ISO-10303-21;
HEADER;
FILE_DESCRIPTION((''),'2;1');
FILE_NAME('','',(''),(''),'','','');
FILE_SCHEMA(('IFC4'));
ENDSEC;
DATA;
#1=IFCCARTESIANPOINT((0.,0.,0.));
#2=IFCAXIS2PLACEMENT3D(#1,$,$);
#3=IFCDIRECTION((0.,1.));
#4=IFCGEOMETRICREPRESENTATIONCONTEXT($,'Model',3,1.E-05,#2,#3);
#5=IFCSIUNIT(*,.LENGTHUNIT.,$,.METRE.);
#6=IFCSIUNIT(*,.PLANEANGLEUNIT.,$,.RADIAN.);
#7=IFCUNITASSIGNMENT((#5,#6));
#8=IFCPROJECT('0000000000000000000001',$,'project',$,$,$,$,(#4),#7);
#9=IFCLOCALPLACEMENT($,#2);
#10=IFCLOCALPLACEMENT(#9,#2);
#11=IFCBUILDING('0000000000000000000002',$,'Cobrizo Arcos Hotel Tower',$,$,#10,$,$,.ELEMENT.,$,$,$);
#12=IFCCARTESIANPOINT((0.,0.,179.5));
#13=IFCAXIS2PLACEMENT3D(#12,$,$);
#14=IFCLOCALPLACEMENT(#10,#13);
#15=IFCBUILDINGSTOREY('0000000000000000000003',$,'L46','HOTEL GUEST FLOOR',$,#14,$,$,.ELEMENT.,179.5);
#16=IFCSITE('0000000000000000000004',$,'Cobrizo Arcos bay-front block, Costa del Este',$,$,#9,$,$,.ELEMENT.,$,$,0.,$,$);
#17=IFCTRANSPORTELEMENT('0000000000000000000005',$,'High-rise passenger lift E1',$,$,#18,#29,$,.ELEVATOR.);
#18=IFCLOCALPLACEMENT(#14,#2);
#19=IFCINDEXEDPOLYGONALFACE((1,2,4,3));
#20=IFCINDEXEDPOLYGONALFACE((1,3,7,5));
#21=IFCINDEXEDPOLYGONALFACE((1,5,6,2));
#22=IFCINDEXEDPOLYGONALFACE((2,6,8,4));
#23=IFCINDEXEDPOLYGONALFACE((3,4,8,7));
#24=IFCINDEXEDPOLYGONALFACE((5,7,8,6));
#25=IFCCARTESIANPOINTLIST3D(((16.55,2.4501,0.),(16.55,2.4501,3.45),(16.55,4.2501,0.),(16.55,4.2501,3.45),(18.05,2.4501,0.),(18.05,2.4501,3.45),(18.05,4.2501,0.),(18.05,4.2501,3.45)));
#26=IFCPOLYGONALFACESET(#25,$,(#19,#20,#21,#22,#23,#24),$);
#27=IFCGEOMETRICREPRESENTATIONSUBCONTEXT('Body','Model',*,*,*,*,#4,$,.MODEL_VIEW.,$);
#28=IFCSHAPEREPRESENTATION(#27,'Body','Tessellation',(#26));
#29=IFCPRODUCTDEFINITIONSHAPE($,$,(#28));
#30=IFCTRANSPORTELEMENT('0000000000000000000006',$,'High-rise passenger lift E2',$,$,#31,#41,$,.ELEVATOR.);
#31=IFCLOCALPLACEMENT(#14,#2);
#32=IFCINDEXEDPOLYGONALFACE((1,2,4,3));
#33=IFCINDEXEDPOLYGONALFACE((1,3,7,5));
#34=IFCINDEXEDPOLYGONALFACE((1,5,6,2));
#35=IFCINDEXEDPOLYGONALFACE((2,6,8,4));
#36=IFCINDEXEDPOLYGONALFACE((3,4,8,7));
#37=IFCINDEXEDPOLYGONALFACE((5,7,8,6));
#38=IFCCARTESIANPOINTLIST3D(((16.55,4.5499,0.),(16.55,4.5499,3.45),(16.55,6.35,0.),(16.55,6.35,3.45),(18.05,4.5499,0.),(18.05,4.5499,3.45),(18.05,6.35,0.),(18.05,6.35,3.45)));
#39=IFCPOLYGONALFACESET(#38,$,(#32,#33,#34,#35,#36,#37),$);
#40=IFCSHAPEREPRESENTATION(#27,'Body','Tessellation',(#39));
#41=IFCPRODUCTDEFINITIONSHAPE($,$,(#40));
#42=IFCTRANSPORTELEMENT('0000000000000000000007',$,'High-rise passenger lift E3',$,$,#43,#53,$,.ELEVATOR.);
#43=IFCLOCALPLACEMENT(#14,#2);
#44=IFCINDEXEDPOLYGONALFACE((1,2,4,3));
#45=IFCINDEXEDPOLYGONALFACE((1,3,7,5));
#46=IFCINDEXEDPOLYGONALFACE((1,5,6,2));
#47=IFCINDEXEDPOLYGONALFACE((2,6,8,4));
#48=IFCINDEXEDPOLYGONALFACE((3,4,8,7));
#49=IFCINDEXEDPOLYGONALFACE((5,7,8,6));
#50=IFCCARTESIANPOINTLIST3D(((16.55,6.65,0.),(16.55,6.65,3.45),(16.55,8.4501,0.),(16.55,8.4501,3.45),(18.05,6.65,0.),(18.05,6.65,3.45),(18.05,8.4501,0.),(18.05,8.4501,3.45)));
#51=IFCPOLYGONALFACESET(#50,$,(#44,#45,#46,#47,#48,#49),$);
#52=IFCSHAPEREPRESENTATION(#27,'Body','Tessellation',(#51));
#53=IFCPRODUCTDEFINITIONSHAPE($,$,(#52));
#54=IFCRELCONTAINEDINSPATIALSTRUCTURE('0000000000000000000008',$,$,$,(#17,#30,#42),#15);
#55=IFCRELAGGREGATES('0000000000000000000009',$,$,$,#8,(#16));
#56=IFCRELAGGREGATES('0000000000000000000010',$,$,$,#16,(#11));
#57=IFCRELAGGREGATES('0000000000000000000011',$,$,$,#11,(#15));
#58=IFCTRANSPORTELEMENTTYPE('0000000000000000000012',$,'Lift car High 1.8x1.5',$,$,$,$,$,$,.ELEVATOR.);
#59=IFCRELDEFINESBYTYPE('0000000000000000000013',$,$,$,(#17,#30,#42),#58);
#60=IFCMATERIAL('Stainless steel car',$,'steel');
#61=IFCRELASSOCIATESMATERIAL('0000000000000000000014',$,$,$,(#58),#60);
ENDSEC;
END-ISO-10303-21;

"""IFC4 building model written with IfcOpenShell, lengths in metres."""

from ifc_helpers import new_model, si_unit, direction, frame, origin, origin_2d, place, context, subcontext, project, spatial, rectangle, extrude, material, type_object, element, save


model = new_model("IFC4")

# Units and contexts
model_context = context("Model", 3, precision=1e-05, world=origin(), true_north=direction((0.0, 1.0)))
body_context = subcontext(model_context, "Body", "Model", "MODEL_VIEW")
ifc_project = project(units=[si_unit("LENGTHUNIT", "METRE"), si_unit("PLANEANGLEUNIT", "RADIAN")], contexts=[model_context])

# Site, building, storey
site_placement = place(None, origin())
site = spatial("IfcSite", under=ifc_project, at=site_placement, Name="Cobrizo Arcos bay-front block, Costa del Este", CompositionType="ELEMENT", RefElevation=0.0)
building_placement = place(site_placement, origin())
building = spatial("IfcBuilding", under=site, at=building_placement, Name="Cobrizo Arcos Hotel Tower", CompositionType="ELEMENT")
storey_placement = place(building_placement, frame((0.0, 0.0, 179.5)))
storey = spatial("IfcBuildingStorey", under=building, at=storey_placement, Name="L46", Description="HOTEL GUEST FLOOR", CompositionType="ELEMENT", Elevation=179.5)

# Transport elements
ifc_material_1 = material(Name="Stainless steel car", Category="steel")
transport_element_type = type_object("IfcTransportElementType", Name="Lift car High 1.8x1.5", PredefinedType="ELEVATOR", material=ifc_material_1)
for number, where, z_axis, x_axis, name in (
    (1, (17.3, 3.3501, 0.0), (0.0, 0.0, 1.0), (1.0, 0.0, 0.0), "High-rise passenger lift E1"),
    (2, (17.3, 5.45, 0.0), (0.0, 0.0, 1.0), (1.0, 0.0, 0.0), "High-rise passenger lift E2"),
    (3, (17.3, 7.55, 0.0), (0.0, 0.0, 1.0), (1.0, 0.0, 0.0), "High-rise passenger lift E3"),
):
    element("IfcTransportElement", number, at=place(storey_placement, frame(where, z_axis=z_axis, x_axis=x_axis)), inside=storey, type_object=transport_element_type, Name=name, PredefinedType="ELEVATOR", context=body_context, shape_type="SweptSolid", body=[
        extrude(rectangle(XDim=1.5, YDim=1.8, at=origin_2d()), origin(), (0.0, 0.0, 1.0), 3.45),
    ])

save(model, "model.ifc")
